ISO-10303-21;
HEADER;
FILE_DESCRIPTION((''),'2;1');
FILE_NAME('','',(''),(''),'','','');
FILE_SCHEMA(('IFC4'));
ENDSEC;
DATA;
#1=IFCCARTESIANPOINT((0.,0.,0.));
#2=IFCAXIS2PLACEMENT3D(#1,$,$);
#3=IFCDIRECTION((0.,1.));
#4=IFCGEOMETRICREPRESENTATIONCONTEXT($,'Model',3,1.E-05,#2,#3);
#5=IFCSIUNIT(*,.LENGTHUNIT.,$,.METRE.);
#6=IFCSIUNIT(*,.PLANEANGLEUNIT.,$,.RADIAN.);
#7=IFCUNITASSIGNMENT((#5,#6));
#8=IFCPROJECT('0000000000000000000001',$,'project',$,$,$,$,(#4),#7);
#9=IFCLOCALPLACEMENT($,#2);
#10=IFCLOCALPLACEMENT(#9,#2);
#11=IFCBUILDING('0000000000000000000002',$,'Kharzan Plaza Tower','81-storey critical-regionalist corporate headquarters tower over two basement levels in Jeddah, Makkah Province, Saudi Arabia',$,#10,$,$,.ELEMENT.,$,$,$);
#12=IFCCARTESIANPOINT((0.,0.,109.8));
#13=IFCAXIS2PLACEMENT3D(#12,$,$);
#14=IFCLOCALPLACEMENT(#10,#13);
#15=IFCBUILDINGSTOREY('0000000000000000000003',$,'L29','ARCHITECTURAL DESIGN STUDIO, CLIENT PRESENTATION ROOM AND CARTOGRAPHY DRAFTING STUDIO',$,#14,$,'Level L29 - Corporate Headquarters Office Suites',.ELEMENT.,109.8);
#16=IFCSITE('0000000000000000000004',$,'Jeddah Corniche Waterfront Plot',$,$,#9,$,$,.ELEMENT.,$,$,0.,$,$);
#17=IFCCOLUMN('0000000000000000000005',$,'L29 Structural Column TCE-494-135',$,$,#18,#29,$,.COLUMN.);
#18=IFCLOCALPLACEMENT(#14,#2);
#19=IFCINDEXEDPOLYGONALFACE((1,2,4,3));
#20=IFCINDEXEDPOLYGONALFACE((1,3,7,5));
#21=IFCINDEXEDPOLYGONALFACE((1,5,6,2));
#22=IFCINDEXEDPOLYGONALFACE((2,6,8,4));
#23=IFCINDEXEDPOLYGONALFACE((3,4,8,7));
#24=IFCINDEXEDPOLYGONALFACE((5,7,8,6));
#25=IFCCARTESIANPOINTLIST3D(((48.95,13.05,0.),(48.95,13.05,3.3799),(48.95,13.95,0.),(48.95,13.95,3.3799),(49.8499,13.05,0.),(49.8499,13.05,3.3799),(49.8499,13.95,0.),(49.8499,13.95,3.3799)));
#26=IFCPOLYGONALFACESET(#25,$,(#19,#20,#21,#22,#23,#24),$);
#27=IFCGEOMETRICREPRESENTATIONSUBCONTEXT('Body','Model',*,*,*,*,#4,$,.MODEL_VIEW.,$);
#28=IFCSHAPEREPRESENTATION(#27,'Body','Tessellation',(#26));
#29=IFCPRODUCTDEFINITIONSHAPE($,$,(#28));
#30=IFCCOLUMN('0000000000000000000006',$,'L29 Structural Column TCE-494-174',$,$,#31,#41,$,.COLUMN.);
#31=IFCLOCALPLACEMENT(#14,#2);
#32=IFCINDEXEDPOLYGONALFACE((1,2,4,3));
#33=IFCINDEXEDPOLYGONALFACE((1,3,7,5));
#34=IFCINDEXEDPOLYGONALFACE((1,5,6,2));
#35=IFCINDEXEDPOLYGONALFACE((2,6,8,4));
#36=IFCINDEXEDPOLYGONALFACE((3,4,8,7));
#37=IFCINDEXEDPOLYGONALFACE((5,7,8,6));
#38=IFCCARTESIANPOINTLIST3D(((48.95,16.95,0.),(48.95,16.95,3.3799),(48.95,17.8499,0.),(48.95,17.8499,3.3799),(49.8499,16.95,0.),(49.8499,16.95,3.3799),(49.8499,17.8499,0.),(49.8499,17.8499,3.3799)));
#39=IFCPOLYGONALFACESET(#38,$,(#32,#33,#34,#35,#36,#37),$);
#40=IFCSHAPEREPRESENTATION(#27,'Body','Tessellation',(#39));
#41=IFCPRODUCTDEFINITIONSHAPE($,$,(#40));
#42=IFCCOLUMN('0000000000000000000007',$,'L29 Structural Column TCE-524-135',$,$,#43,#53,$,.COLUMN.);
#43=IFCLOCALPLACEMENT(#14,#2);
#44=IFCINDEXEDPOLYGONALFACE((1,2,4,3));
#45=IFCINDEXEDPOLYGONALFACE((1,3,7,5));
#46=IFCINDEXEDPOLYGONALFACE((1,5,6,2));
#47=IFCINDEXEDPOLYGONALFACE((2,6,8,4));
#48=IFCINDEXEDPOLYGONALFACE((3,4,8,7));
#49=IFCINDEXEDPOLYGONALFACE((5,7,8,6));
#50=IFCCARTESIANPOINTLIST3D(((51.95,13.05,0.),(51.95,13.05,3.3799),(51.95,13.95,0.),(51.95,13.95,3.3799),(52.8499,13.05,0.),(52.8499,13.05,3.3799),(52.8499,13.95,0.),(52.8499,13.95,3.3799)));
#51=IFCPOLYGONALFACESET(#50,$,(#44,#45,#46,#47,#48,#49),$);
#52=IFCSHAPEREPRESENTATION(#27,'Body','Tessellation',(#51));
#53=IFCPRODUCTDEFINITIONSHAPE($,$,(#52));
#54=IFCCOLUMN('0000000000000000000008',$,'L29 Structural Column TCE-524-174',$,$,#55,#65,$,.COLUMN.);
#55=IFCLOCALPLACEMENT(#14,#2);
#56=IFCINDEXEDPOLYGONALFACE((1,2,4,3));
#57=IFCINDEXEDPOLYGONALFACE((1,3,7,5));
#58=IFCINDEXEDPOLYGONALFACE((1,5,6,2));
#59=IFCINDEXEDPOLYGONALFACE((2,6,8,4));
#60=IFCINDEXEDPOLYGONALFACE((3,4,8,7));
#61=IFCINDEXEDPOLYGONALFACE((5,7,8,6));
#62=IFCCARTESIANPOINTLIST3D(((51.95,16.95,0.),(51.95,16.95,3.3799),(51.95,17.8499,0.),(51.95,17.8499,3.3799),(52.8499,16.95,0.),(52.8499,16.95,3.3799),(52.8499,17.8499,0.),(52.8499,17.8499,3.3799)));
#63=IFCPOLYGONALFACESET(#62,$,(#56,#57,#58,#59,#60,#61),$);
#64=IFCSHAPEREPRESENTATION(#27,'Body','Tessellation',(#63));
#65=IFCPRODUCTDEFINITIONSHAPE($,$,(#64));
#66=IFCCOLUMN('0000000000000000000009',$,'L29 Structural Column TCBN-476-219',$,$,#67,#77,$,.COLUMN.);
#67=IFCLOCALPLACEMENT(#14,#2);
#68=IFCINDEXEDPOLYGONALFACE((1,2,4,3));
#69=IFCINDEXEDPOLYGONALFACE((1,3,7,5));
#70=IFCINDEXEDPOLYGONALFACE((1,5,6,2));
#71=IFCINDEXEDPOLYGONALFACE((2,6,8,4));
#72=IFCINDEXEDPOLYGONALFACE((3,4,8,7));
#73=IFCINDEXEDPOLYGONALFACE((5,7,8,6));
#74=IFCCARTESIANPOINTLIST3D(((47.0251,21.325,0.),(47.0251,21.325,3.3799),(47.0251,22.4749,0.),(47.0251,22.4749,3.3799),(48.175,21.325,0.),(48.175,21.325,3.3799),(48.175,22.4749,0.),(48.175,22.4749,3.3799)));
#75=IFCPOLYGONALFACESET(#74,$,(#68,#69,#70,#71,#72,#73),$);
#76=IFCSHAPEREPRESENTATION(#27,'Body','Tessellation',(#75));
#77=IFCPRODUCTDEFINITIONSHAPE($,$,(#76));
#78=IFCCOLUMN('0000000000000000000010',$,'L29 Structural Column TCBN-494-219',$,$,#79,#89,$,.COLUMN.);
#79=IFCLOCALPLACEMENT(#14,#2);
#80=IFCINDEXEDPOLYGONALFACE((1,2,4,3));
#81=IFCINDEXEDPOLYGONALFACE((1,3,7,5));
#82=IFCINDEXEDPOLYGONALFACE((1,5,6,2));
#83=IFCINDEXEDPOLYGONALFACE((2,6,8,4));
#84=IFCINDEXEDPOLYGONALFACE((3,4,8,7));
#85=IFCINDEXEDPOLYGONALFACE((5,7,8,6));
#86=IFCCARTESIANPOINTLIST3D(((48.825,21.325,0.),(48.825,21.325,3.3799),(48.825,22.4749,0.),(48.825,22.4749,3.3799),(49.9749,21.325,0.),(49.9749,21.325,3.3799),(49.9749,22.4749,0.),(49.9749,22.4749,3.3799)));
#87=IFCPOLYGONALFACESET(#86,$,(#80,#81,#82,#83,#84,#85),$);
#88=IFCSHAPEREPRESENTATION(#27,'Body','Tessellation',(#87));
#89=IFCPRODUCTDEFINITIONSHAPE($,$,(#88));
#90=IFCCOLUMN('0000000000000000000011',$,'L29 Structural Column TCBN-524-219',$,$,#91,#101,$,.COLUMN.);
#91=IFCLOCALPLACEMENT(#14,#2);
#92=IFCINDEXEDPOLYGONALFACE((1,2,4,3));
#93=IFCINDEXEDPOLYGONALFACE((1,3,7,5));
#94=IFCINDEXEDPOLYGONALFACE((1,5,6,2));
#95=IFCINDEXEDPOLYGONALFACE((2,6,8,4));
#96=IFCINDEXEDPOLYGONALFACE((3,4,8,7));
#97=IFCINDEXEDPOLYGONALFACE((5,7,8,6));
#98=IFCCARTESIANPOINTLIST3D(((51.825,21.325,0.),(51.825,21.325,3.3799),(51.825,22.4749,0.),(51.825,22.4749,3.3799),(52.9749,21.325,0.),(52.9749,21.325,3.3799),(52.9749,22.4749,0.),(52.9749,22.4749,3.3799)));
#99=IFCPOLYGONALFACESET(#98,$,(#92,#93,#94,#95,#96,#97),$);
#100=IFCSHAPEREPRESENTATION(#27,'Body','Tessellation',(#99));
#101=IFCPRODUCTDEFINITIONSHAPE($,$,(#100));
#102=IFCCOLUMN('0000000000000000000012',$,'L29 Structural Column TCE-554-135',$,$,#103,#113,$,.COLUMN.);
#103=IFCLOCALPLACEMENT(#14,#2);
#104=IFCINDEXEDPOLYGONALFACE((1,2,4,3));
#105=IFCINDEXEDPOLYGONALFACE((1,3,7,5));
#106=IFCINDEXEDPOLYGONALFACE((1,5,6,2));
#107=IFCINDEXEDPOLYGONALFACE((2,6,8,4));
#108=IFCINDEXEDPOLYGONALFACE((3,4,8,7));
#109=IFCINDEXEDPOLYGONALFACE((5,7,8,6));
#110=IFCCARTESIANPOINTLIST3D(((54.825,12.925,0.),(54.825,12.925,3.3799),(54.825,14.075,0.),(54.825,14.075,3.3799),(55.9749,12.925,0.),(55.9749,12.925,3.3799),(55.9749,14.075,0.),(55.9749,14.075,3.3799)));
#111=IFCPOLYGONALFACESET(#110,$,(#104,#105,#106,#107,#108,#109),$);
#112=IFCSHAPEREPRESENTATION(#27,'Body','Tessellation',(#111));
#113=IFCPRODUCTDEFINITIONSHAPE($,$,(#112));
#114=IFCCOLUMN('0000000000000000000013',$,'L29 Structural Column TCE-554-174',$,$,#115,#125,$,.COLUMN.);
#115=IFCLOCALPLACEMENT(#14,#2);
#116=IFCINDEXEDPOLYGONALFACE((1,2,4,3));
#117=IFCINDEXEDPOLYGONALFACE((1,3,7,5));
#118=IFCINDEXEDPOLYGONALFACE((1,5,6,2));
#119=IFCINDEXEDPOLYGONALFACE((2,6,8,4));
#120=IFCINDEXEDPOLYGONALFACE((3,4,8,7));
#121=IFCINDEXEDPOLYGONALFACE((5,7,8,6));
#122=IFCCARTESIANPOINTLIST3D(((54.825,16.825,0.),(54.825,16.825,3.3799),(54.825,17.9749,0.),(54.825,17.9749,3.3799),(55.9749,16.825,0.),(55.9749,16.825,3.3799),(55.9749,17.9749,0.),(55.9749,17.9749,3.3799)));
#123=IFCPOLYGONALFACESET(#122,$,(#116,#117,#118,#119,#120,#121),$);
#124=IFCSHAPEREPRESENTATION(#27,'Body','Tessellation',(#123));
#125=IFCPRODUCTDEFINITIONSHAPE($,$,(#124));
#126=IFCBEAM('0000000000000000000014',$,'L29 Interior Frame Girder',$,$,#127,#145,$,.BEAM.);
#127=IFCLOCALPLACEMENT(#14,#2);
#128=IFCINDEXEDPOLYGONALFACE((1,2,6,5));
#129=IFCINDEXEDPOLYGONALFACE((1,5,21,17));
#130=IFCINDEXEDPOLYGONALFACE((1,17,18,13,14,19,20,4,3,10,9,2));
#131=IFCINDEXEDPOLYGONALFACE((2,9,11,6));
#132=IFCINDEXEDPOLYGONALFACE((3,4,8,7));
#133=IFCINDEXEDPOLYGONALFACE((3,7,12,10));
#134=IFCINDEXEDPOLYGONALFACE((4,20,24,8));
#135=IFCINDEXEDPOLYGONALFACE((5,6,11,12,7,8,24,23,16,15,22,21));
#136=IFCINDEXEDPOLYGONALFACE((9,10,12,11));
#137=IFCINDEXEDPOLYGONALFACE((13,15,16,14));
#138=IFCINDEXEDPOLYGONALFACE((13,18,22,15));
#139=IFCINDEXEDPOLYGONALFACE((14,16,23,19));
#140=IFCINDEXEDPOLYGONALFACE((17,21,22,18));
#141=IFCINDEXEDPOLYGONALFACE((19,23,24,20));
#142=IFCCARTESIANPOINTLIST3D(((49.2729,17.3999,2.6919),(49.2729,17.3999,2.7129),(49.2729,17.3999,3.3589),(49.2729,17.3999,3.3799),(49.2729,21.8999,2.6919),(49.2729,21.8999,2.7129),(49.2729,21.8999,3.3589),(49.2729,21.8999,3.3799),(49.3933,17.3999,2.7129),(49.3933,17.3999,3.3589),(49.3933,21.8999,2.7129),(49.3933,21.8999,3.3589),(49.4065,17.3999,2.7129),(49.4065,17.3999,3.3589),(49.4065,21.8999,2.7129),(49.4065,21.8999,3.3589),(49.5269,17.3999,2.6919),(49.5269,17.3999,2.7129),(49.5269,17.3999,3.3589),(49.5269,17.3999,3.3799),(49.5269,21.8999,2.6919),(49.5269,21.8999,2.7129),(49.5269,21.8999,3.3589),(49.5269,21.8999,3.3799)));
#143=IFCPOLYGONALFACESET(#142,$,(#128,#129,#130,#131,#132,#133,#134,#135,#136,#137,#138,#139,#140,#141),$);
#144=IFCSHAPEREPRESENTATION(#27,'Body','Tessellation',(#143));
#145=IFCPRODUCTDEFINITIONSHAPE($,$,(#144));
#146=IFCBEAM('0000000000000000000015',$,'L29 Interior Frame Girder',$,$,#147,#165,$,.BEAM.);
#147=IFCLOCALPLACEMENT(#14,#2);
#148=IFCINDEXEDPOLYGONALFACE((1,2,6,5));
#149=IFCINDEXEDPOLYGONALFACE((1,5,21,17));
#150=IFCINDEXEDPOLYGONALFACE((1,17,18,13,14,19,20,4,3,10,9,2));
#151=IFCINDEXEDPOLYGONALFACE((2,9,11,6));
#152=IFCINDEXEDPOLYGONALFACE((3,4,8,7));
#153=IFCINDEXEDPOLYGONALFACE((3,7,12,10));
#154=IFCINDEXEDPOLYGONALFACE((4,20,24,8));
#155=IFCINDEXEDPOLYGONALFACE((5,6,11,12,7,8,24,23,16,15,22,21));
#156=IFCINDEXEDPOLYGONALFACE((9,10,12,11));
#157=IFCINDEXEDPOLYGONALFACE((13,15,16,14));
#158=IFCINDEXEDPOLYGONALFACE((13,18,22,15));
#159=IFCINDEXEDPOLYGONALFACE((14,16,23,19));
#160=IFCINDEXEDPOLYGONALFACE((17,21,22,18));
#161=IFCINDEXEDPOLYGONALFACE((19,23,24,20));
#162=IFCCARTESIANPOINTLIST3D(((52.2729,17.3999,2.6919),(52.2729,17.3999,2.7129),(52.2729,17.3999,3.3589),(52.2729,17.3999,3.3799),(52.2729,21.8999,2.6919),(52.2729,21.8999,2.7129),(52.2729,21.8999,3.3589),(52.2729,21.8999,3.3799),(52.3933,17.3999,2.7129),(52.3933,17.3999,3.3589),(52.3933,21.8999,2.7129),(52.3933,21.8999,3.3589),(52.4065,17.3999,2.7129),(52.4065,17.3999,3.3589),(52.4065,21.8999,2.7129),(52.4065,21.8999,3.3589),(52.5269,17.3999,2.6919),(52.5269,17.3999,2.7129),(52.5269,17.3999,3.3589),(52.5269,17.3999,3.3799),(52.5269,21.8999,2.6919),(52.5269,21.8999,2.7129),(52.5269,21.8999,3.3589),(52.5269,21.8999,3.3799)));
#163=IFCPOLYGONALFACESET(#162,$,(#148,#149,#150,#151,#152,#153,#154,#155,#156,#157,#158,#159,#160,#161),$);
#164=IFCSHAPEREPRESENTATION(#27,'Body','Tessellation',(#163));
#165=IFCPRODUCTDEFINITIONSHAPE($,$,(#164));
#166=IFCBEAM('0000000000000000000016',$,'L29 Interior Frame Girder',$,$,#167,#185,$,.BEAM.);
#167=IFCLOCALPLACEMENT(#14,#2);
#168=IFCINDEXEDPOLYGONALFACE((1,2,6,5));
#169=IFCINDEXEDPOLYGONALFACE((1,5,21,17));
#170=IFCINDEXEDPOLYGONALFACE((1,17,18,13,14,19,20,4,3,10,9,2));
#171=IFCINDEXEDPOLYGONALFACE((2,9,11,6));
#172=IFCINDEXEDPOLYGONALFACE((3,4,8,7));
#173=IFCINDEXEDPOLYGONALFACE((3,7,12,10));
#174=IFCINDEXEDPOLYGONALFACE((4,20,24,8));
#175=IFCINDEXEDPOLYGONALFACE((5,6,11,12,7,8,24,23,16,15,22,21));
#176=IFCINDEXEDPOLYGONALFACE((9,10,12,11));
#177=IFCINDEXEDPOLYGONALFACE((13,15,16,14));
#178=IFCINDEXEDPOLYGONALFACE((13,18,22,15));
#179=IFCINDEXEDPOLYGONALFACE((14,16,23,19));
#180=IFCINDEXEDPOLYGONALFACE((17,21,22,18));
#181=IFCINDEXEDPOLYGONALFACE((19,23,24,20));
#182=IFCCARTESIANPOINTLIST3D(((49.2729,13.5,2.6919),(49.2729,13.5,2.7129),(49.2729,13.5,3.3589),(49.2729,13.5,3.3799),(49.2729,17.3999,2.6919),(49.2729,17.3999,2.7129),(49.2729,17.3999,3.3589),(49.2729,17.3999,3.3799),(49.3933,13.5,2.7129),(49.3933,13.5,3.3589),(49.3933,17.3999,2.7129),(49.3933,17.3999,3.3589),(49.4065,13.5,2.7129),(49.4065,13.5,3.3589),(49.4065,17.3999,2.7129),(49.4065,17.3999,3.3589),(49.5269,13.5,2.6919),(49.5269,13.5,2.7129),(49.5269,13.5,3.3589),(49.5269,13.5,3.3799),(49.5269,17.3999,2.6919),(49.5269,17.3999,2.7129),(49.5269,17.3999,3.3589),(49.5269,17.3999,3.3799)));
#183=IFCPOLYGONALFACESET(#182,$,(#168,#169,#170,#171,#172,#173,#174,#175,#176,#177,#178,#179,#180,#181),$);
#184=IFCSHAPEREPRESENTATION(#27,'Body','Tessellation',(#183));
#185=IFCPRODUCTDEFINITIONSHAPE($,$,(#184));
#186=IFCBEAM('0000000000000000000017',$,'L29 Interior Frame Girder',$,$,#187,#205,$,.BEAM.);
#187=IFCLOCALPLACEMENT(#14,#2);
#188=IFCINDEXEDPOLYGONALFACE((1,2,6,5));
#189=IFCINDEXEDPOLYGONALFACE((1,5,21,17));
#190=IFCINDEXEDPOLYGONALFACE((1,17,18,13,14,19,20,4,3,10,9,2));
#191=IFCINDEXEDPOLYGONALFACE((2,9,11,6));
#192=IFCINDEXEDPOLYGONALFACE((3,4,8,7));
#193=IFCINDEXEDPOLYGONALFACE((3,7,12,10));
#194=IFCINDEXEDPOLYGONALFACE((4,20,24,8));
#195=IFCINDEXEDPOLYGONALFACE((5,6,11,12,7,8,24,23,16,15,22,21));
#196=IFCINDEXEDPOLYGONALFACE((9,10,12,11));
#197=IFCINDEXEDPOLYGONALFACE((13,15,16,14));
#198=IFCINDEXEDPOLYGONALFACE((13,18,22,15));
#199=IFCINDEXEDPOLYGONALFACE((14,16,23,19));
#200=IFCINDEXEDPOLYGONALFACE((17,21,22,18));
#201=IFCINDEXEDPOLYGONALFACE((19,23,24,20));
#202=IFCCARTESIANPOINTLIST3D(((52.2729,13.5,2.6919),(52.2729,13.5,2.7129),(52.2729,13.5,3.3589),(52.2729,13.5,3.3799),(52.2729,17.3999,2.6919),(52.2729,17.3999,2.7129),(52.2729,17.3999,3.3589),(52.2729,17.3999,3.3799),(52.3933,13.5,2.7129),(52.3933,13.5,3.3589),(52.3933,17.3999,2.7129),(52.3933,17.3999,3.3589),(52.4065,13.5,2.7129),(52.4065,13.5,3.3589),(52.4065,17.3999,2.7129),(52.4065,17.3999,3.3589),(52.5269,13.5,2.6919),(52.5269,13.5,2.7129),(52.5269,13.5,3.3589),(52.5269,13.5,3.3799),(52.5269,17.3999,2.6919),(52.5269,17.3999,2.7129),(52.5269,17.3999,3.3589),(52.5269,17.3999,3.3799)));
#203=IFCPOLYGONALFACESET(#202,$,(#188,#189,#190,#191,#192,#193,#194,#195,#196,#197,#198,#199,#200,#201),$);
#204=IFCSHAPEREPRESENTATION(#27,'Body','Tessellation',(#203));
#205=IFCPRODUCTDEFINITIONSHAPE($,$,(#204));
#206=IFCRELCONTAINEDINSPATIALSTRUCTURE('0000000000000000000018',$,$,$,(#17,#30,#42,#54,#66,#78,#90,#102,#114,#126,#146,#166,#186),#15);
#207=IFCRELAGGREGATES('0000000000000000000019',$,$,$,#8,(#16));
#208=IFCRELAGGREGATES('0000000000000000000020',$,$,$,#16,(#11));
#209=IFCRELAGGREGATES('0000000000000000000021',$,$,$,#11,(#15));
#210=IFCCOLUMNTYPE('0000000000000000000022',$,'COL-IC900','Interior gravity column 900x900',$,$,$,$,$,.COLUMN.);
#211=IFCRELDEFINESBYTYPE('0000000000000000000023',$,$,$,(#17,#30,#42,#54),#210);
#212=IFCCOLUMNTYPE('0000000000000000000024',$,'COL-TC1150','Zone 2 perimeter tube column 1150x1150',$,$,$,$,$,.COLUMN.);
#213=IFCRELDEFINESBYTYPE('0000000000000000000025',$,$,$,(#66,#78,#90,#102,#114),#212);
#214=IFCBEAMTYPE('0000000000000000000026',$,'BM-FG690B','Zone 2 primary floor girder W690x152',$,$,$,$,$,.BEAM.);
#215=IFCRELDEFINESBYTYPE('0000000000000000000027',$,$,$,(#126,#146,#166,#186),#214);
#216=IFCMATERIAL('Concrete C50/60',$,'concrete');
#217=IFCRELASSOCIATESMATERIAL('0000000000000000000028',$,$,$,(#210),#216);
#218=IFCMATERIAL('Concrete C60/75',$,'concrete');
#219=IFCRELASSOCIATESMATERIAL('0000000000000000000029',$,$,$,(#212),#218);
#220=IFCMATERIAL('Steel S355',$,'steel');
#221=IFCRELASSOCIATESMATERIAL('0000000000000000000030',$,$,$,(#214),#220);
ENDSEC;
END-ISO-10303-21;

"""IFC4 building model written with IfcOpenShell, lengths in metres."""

from ifc_helpers import new_model, si_unit, direction, frame, origin, origin_2d, place, context, subcontext, project, spatial, rectangle, i_section, extrude, source, transform, mapped, material, material_profile, profile_set, type_object, element, save


model = new_model("IFC4")

# Units and contexts
model_context = context("Model", 3, precision=1e-05, world=origin(), true_north=direction((0.0, 1.0)))
body_context = subcontext(model_context, "Body", "Model", "MODEL_VIEW")
ifc_project = project(units=[si_unit("LENGTHUNIT", "METRE"), si_unit("PLANEANGLEUNIT", "RADIAN")], contexts=[model_context])

# Site, building, storey
site_placement = place(None, origin())
site = spatial("IfcSite", under=ifc_project, at=site_placement, Name="Jeddah Corniche Waterfront Plot", CompositionType="ELEMENT", RefElevation=0.0)
building_placement = place(site_placement, origin())
building = spatial("IfcBuilding", under=site, at=building_placement, Name="Kharzan Plaza Tower", Description="81-storey critical-regionalist corporate headquarters tower over two basement levels in Jeddah, Makkah Province, Saudi Arabia", CompositionType="ELEMENT")
storey_placement = place(building_placement, frame((0.0, 0.0, 109.8)))
storey = spatial("IfcBuildingStorey", under=building, at=storey_placement, Name="L29", Description="ARCHITECTURAL DESIGN STUDIO, CLIENT PRESENTATION ROOM AND CARTOGRAPHY DRAFTING STUDIO", LongName="Level L29 - Corporate Headquarters Office Suites", CompositionType="ELEMENT", Elevation=109.8)

# Columns
ifc_material_1 = material(Name="Concrete C50/60", Category="concrete")
ifc_material_profile_1 = material_profile(ifc_material_1, rectangle(XDim=0.8999, YDim=0.8999, at=origin_2d()), Name="RC-IC900x900")
ifc_profile_set_1 = profile_set([ifc_material_profile_1], Name="Concrete C50/60")
column_type_1 = type_object("IfcColumnType", Name="COL-IC900", Description="Interior gravity column 900x900", PredefinedType="COLUMN", material=ifc_profile_set_1)
shared_shape_1 = source(origin(), body_context, "Body", "SweptSolid", [
    extrude(rectangle(XDim=0.8999, YDim=0.8999, at=origin_2d()), origin(), (0.0, 0.0, 1.0), 3.3799),
])
for number, where, z_axis, x_axis, name in (
    (1, (49.3999, 13.5, 0.0), (0.0, 0.0, 1.0), (1.0, 0.0, 0.0), "L29 Structural Column TCE-494-135"),
    (2, (49.3999, 17.3999, 0.0), (0.0, 0.0, 1.0), (1.0, 0.0, 0.0), "L29 Structural Column TCE-494-174"),
    (3, (52.3999, 13.5, 0.0), (0.0, 0.0, 1.0), (1.0, 0.0, 0.0), "L29 Structural Column TCE-524-135"),
    (4, (52.3999, 17.3999, 0.0), (0.0, 0.0, 1.0), (1.0, 0.0, 0.0), "L29 Structural Column TCE-524-174"),
):
    element("IfcColumn", number, at=place(storey_placement, frame(where, z_axis=z_axis, x_axis=x_axis)), inside=storey, type_object=column_type_1, Name=name, PredefinedType="COLUMN", context=body_context, shape_type="MappedRepresentation", body=[
        mapped(shared_shape_1, transform((0.0, 0.0, 0.0), x_axis=(1.0, 0.0, 0.0), y_axis=(0.0, 1.0, 0.0), z_axis=(0.0, 0.0, 1.0))),
    ])
ifc_material_2 = material(Name="Concrete C60/75", Category="concrete")
ifc_material_profile_2 = material_profile(ifc_material_2, rectangle(XDim=1.1499, YDim=1.1499, at=origin_2d()), Name="RC-TC1150x1150")
ifc_profile_set_2 = profile_set([ifc_material_profile_2], Name="Concrete C60/75")
column_type_2 = type_object("IfcColumnType", Name="COL-TC1150", Description="Zone 2 perimeter tube column 1150x1150", PredefinedType="COLUMN", material=ifc_profile_set_2)
shared_shape_2 = source(origin(), body_context, "Body", "SweptSolid", [
    extrude(rectangle(XDim=1.1499, YDim=1.1499, at=origin_2d()), origin(), (0.0, 0.0, 1.0), 3.3799),
])
for number, where, z_axis, x_axis, name in (
    (5, (47.6001, 21.8999, 0.0), (0.0, 0.0, 1.0), (1.0, 0.0, 0.0), "L29 Structural Column TCBN-476-219"),
    (6, (49.3999, 21.8999, 0.0), (0.0, 0.0, 1.0), (1.0, 0.0, 0.0), "L29 Structural Column TCBN-494-219"),
    (7, (52.3999, 21.8999, 0.0), (0.0, 0.0, 1.0), (1.0, 0.0, 0.0), "L29 Structural Column TCBN-524-219"),
    (8, (55.3999, 13.5, 0.0), (0.0, 0.0, 1.0), (1.0, 0.0, 0.0), "L29 Structural Column TCE-554-135"),
    (9, (55.3999, 17.3999, 0.0), (0.0, 0.0, 1.0), (1.0, 0.0, 0.0), "L29 Structural Column TCE-554-174"),
):
    element("IfcColumn", number, at=place(storey_placement, frame(where, z_axis=z_axis, x_axis=x_axis)), inside=storey, type_object=column_type_2, Name=name, PredefinedType="COLUMN", context=body_context, shape_type="MappedRepresentation", body=[
        mapped(shared_shape_2, transform((0.0, 0.0, 0.0), x_axis=(1.0, 0.0, 0.0), y_axis=(0.0, 1.0, 0.0), z_axis=(0.0, 0.0, 1.0))),
    ])

# Beams
ifc_material_3 = material(Name="Steel S355", Category="steel")
ifc_material_profile_3 = material_profile(ifc_material_3, i_section(OverallWidth=0.2539, OverallDepth=0.688, WebThickness=0.0132, FlangeThickness=0.021, at=origin_2d()), Name="W690x152")
ifc_profile_set_3 = profile_set([ifc_material_profile_3], Name="Steel S355")
beam_type_1 = type_object("IfcBeamType", Name="BM-FG690B", Description="Zone 2 primary floor girder W690x152", PredefinedType="BEAM", material=ifc_profile_set_3)
shared_shape_3 = source(origin(), body_context, "Body", "SweptSolid", [
    extrude(i_section(OverallWidth=0.2539, OverallDepth=0.688, WebThickness=0.0132, FlangeThickness=0.021, at=origin_2d()), origin(), (0.0, 0.0, 1.0), 4.5),
])
for number, where, z_axis, x_axis, name in (
    (10, (49.3999, 17.3999, 3.0359), (0.0, 1.0, 0.0), (-1.0, 0.0, 0.0), "L29 Interior Frame Girder"),
    (11, (52.3999, 17.3999, 3.0359), (0.0, 1.0, 0.0), (-1.0, 0.0, 0.0), "L29 Interior Frame Girder"),
):
    element("IfcBeam", number, at=place(storey_placement, frame(where, z_axis=z_axis, x_axis=x_axis)), inside=storey, type_object=beam_type_1, Name=name, PredefinedType="BEAM", context=body_context, shape_type="MappedRepresentation", body=[
        mapped(shared_shape_3, transform((0.0, 0.0, 0.0), x_axis=(1.0, 0.0, 0.0), y_axis=(0.0, 1.0, 0.0), z_axis=(0.0, 0.0, 1.0))),
    ])
shared_shape_4 = source(origin(), body_context, "Body", "SweptSolid", [
    extrude(i_section(OverallWidth=0.2539, OverallDepth=0.688, WebThickness=0.0132, FlangeThickness=0.021, at=origin_2d()), origin(), (0.0, 0.0, 1.0), 3.8999),
])
for number, where, z_axis, x_axis, name in (
    (12, (49.3999, 13.5, 3.0359), (0.0, 1.0, 0.0), (-1.0, 0.0, 0.0), "L29 Interior Frame Girder"),
    (13, (52.3999, 13.5, 3.0359), (0.0, 1.0, 0.0), (-1.0, 0.0, 0.0), "L29 Interior Frame Girder"),
):
    element("IfcBeam", number, at=place(storey_placement, frame(where, z_axis=z_axis, x_axis=x_axis)), inside=storey, type_object=beam_type_1, Name=name, PredefinedType="BEAM", context=body_context, shape_type="MappedRepresentation", body=[
        mapped(shared_shape_4, transform((0.0, 0.0, 0.0), x_axis=(1.0, 0.0, 0.0), y_axis=(0.0, 1.0, 0.0), z_axis=(0.0, 0.0, 1.0))),
    ])

save(model, "model.ifc")
